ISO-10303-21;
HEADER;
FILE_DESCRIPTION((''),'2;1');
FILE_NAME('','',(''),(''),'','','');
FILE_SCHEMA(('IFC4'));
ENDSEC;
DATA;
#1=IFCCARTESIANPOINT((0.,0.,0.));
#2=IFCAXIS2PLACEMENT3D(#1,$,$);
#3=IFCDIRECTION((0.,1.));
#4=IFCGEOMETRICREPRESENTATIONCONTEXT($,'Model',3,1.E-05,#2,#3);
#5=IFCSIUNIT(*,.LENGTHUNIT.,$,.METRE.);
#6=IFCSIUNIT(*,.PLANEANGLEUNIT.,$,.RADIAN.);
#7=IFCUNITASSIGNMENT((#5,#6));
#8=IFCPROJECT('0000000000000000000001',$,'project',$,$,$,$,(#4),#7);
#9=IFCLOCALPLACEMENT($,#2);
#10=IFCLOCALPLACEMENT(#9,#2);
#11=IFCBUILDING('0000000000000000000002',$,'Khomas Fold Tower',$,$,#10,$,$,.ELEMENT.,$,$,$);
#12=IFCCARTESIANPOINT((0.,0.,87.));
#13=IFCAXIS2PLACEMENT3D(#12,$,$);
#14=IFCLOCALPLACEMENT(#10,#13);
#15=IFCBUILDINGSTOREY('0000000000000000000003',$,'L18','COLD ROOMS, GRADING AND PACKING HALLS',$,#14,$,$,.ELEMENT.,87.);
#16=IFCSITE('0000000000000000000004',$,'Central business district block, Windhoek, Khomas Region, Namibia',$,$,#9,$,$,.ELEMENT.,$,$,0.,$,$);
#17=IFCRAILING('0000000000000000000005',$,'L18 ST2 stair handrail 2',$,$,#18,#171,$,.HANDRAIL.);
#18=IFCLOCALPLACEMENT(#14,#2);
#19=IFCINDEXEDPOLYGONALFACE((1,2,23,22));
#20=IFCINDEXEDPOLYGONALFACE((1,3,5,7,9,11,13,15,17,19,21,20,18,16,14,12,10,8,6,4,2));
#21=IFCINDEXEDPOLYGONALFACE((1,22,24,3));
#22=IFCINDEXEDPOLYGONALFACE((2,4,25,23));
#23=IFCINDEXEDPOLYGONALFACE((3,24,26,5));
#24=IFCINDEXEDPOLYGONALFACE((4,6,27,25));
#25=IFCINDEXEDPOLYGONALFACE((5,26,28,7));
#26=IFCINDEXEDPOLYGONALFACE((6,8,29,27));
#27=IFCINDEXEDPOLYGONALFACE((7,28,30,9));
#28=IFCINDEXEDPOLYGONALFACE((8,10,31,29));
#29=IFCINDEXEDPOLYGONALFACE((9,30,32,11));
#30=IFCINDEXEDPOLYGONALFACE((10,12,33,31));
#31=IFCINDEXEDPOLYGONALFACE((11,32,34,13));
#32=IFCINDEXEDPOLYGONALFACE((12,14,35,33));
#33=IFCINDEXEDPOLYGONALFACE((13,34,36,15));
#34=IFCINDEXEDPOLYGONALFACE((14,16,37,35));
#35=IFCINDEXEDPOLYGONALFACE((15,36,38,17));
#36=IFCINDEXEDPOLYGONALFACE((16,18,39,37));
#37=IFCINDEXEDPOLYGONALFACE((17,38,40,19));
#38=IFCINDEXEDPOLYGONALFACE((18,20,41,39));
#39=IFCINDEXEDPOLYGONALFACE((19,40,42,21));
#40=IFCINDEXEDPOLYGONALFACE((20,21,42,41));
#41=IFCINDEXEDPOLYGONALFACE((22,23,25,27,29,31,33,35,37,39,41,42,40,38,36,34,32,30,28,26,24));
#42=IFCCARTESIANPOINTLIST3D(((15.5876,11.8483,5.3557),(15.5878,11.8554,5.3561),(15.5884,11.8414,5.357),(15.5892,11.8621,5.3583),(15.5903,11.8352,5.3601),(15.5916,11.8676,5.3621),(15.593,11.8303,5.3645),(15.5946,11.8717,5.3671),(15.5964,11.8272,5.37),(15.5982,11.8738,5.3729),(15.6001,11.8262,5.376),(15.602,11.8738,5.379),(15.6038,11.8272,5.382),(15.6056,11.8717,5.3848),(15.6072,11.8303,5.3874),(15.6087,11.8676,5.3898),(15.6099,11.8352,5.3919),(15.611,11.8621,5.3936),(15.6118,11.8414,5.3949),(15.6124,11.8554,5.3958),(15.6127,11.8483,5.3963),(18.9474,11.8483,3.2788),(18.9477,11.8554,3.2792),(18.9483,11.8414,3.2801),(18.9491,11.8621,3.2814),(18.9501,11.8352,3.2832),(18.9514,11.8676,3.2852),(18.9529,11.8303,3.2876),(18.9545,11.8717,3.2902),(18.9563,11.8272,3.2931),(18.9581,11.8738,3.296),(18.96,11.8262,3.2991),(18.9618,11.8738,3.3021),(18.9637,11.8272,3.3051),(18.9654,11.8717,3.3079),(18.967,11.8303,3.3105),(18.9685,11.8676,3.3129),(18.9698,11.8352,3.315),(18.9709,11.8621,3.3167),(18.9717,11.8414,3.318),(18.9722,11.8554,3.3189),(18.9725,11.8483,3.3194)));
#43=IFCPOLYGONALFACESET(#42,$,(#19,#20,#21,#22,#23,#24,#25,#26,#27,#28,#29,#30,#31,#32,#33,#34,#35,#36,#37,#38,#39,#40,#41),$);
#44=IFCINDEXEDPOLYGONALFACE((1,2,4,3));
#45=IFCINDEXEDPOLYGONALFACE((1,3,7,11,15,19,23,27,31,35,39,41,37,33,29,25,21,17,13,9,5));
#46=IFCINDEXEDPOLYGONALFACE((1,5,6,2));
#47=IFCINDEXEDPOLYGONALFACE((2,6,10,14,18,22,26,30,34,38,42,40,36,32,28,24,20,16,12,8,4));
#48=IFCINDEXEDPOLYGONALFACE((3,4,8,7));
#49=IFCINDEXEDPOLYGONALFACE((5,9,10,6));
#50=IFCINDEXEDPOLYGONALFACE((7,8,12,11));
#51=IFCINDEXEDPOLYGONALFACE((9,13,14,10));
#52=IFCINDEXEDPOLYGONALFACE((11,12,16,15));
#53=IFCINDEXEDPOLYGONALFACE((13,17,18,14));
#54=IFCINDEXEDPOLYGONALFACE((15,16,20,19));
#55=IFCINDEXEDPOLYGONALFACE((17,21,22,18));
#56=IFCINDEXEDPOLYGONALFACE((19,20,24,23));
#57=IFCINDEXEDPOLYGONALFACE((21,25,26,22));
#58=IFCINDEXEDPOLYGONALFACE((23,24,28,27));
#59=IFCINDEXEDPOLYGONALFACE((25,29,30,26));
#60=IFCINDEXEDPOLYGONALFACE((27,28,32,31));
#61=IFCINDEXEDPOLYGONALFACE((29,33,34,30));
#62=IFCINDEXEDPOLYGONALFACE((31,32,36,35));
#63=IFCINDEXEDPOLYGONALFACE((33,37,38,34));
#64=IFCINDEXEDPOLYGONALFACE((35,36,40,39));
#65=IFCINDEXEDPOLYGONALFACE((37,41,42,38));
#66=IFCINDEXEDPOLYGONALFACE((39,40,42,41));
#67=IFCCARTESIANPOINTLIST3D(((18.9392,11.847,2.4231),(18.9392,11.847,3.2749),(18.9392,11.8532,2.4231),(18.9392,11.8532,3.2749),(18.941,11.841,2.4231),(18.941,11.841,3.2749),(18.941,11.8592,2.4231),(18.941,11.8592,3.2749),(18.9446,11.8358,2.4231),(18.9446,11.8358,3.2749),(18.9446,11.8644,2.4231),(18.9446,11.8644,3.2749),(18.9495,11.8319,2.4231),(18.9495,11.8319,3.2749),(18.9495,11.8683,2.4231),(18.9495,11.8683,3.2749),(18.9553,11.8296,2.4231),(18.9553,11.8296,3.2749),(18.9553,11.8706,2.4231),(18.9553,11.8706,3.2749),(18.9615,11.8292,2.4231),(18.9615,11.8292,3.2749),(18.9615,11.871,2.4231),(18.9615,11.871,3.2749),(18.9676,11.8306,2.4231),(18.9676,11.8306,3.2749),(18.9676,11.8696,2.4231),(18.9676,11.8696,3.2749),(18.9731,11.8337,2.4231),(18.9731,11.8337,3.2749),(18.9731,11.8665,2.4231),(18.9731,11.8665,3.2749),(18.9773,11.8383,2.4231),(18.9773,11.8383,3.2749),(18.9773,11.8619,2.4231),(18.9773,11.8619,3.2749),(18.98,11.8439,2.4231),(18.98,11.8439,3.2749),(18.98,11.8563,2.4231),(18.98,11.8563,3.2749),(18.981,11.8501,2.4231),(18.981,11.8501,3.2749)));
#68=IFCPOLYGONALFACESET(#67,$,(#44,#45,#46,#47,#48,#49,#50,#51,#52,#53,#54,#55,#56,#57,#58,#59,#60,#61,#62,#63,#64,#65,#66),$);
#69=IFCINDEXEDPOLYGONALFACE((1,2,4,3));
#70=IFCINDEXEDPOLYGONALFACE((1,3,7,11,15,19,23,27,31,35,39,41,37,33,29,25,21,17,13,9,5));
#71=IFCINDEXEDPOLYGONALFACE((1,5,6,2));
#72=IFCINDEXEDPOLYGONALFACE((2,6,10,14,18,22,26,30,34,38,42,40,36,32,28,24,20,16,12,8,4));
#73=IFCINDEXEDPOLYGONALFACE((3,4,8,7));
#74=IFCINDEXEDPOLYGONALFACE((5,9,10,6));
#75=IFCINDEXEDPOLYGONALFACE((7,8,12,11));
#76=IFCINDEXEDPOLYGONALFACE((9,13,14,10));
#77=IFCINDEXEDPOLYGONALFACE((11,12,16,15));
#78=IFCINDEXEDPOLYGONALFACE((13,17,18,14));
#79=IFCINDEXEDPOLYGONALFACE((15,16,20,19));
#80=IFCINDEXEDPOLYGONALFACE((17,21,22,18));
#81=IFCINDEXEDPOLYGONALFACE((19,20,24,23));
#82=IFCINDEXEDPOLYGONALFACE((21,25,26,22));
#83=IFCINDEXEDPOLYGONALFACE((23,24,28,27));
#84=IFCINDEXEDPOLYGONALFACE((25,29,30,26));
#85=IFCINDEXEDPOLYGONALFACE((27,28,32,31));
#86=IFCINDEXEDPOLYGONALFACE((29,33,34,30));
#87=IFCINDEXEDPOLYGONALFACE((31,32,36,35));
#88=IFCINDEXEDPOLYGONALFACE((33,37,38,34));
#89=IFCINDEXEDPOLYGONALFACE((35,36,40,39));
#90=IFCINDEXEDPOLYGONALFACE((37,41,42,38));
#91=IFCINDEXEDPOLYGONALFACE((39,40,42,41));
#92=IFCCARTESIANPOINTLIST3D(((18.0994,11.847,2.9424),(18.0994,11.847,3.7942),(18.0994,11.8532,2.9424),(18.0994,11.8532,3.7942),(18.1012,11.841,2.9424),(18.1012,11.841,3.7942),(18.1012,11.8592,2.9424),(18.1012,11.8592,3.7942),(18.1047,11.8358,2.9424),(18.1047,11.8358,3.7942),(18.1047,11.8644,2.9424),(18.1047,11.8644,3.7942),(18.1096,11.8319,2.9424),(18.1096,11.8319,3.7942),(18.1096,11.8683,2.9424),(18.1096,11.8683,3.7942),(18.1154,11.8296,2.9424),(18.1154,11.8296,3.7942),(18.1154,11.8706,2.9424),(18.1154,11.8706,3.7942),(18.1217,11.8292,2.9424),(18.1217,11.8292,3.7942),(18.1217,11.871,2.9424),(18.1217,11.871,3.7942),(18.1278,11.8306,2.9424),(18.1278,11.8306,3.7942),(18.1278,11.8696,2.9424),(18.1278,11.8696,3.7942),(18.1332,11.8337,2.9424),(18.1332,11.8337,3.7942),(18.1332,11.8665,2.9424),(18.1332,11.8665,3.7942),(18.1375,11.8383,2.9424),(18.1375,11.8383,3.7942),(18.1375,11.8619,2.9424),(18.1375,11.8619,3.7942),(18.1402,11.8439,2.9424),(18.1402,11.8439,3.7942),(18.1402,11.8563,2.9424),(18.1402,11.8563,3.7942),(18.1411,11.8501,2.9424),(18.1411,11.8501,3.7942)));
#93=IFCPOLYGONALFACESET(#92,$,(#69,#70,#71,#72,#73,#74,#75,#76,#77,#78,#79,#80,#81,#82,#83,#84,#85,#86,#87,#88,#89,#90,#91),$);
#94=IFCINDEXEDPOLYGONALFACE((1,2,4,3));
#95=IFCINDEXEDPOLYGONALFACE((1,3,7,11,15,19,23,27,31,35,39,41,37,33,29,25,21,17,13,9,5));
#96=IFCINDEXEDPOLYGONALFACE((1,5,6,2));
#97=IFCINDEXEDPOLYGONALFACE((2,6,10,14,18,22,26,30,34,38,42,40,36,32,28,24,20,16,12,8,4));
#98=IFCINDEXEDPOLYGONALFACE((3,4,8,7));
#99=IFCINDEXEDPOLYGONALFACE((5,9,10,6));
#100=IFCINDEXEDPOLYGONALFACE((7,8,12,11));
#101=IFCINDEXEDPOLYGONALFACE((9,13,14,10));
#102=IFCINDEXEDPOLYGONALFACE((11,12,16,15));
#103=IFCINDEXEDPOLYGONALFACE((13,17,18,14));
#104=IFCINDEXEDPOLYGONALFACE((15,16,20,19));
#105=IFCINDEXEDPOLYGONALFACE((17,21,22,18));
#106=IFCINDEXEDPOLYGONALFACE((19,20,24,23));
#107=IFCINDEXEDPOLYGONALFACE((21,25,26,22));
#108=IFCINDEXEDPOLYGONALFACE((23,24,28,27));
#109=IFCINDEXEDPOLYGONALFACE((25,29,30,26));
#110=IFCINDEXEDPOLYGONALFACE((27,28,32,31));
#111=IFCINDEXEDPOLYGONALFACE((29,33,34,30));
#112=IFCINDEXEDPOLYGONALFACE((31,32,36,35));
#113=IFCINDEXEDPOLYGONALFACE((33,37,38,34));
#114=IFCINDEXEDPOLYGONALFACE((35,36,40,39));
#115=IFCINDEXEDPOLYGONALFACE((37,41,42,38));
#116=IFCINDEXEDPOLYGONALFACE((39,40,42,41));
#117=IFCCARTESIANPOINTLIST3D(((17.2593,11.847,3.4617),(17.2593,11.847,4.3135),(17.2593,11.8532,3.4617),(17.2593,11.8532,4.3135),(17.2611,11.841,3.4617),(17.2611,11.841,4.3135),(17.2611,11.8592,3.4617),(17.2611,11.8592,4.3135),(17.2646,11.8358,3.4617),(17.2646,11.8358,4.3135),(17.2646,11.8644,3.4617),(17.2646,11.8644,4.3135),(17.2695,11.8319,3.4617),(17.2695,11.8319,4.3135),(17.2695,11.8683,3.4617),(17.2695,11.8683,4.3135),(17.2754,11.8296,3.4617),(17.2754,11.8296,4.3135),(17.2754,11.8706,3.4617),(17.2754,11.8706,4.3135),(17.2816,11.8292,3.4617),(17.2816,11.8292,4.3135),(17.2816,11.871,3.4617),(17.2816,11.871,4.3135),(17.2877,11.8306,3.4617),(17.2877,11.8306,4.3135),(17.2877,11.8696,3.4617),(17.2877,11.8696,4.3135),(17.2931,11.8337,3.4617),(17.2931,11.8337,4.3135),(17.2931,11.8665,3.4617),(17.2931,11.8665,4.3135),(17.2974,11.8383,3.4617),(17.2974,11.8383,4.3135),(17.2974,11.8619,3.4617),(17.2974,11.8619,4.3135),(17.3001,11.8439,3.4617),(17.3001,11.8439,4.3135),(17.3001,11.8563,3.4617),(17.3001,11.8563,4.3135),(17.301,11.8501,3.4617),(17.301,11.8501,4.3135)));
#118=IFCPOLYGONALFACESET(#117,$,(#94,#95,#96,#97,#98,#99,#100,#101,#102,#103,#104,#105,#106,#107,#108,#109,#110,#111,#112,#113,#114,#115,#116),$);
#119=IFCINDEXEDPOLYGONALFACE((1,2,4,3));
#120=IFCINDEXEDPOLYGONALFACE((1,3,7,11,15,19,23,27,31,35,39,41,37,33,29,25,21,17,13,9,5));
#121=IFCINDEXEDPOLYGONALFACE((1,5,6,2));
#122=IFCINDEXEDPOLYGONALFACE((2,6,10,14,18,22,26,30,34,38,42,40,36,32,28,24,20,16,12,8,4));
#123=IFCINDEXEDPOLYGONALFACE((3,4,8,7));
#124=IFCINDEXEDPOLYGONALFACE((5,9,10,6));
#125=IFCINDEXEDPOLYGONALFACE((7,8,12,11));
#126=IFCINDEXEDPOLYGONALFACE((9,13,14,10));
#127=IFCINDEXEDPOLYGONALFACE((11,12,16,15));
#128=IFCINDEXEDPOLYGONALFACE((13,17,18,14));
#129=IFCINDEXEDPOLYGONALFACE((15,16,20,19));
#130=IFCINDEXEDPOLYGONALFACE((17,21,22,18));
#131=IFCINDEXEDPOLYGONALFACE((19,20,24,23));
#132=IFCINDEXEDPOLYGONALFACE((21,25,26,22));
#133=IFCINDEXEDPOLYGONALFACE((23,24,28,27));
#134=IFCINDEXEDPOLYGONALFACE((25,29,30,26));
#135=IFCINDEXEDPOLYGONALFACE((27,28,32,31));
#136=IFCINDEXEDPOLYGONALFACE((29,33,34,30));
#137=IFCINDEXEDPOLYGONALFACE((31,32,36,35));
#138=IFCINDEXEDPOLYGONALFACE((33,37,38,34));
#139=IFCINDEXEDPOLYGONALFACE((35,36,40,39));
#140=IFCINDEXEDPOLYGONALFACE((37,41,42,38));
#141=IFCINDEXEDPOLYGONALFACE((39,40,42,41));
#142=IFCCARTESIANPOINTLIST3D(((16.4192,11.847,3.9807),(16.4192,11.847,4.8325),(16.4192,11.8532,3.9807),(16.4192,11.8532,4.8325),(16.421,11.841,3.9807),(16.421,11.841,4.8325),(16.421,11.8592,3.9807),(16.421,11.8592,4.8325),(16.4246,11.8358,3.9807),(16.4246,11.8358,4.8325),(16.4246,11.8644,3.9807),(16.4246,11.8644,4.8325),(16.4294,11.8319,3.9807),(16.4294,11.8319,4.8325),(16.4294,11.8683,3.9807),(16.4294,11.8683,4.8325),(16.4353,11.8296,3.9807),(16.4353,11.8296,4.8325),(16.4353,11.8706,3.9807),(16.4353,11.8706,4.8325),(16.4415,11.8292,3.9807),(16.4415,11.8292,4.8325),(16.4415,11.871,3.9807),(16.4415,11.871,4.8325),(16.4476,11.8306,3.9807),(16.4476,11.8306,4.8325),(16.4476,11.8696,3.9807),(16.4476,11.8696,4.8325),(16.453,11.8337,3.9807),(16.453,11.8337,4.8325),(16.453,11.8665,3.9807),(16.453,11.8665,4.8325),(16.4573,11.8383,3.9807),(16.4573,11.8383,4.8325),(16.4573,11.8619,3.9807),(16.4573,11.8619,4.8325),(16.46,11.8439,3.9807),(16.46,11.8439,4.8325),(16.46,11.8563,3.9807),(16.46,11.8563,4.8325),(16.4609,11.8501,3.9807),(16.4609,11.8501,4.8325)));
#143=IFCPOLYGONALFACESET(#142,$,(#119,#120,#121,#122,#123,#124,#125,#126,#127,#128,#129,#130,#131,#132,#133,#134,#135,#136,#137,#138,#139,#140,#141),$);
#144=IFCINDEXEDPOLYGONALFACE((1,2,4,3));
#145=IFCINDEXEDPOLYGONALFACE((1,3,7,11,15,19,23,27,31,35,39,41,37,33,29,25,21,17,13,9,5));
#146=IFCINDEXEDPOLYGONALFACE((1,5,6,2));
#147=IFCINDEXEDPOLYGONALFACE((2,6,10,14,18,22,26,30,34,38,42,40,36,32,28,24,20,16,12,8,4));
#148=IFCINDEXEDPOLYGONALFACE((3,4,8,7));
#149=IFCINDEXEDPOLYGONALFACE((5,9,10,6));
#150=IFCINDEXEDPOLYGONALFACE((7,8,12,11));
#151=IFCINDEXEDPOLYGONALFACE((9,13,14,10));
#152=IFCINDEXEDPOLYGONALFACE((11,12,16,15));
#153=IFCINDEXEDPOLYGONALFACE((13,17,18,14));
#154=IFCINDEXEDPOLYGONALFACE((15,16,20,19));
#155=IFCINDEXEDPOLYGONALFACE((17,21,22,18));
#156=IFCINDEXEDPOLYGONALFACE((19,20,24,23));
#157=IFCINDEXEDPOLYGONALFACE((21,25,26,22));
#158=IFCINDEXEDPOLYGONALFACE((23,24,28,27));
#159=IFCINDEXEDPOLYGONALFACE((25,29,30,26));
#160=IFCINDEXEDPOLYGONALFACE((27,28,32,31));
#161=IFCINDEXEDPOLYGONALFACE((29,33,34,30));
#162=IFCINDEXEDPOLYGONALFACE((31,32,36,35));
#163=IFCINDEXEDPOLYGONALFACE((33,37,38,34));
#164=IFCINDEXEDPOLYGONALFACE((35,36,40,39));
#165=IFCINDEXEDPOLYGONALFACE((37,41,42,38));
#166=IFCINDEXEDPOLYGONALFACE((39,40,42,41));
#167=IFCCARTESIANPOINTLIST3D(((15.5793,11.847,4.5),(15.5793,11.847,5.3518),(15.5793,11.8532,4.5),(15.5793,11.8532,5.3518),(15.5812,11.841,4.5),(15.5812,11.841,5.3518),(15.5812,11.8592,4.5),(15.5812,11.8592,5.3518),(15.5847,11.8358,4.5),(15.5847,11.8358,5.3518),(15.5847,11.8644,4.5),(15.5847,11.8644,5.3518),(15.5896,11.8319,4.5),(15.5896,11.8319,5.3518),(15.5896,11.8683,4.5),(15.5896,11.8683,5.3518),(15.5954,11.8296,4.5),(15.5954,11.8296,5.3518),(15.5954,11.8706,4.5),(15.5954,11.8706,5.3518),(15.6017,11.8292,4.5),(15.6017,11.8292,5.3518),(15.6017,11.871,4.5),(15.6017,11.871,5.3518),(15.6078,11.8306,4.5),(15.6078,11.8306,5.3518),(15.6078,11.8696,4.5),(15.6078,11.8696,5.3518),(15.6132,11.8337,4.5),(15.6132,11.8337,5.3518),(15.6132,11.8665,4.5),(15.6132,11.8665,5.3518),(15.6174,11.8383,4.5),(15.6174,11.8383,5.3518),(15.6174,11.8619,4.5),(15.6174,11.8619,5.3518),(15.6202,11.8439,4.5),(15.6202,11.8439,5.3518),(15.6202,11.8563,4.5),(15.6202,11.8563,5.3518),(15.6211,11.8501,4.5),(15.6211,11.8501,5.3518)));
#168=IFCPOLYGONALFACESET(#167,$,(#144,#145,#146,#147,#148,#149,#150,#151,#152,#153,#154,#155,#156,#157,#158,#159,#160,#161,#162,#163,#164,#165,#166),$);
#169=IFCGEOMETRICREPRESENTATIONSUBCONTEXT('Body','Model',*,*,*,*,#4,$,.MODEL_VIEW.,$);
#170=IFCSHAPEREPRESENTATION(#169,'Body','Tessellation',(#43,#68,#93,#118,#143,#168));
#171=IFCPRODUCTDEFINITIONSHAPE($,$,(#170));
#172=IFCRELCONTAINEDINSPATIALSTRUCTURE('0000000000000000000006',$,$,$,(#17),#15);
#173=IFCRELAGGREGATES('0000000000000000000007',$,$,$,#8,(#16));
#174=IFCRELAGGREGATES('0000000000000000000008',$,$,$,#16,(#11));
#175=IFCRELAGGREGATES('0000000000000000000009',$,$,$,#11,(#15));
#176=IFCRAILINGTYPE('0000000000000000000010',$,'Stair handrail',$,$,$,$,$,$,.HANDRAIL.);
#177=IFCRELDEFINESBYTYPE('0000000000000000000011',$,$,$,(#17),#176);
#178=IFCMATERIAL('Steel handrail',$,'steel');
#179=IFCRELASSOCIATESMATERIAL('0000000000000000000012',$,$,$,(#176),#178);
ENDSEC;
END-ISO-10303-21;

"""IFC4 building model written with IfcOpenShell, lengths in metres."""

from ifc_helpers import new_model, si_unit, direction, frame, origin, origin_2d, place, context, subcontext, project, spatial, circle, extrude, source, transform, mapped, material, type_object, element, save


model = new_model("IFC4")

# Units and contexts
model_context = context("Model", 3, precision=1e-05, world=origin(), true_north=direction((0.0, 1.0)))
body_context = subcontext(model_context, "Body", "Model", "MODEL_VIEW")
ifc_project = project(units=[si_unit("LENGTHUNIT", "METRE"), si_unit("PLANEANGLEUNIT", "RADIAN")], contexts=[model_context])

# Site, building, storey
site_placement = place(None, origin())
site = spatial("IfcSite", under=ifc_project, at=site_placement, Name="Central business district block, Windhoek, Khomas Region, Namibia", CompositionType="ELEMENT", RefElevation=0.0)
building_placement = place(site_placement, origin())
building = spatial("IfcBuilding", under=site, at=building_placement, Name="Khomas Fold Tower", CompositionType="ELEMENT")
storey_placement = place(building_placement, frame((0.0, 0.0, 87.0)))
storey = spatial("IfcBuildingStorey", under=building, at=storey_placement, Name="L18", Description="COLD ROOMS, GRADING AND PACKING HALLS", CompositionType="ELEMENT", Elevation=87.0)

# Railing
ifc_material_1 = material(Name="Steel handrail", Category="steel")
railing_type_1 = type_object("IfcRailingType", Name="Stair handrail", PredefinedType="HANDRAIL", material=ifc_material_1)
shared_shape_1 = source(origin(), body_context, "Body", "SweptSolid", [
    extrude(circle(Radius=0.0239, at=origin_2d()), frame((0.0, 0.0, 0.876), z_axis=(-0.850606, 0.0, 0.525803), x_axis=(0.0, -1.0, 0.0)), (0.0, 0.0, 1.0), 3.95),
    extrude(circle(Radius=0.021, at=origin_2d()), origin(), (0.0, 0.0, 1.0), 0.8518),
    extrude(circle(Radius=0.021, at=origin_2d()), frame((-0.8398, 0.0, 0.5193)), (0.0, 0.0, 1.0), 0.8518),
    extrude(circle(Radius=0.021, at=origin_2d()), frame((-1.6799, 0.0, 1.0386)), (0.0, 0.0, 1.0), 0.8518),
    extrude(circle(Radius=0.021, at=origin_2d()), frame((-2.52, 0.0, 1.5576)), (0.0, 0.0, 1.0), 0.8518),
    extrude(circle(Radius=0.021, at=origin_2d()), frame((-3.3599, 0.0, 2.0769)), (0.0, 0.0, 1.0), 0.8518),
])
railing_1_placement = place(storey_placement, frame((18.96, 11.8501, 2.4231)))
element("IfcRailing", 1, at=railing_1_placement, inside=storey, type_object=railing_type_1, Name="L18 ST2 stair handrail 2", PredefinedType="HANDRAIL", context=body_context, shape_type="MappedRepresentation", body=[
    mapped(shared_shape_1, transform((0.0, 0.0, 0.0))),
])

save(model, "model.ifc")
